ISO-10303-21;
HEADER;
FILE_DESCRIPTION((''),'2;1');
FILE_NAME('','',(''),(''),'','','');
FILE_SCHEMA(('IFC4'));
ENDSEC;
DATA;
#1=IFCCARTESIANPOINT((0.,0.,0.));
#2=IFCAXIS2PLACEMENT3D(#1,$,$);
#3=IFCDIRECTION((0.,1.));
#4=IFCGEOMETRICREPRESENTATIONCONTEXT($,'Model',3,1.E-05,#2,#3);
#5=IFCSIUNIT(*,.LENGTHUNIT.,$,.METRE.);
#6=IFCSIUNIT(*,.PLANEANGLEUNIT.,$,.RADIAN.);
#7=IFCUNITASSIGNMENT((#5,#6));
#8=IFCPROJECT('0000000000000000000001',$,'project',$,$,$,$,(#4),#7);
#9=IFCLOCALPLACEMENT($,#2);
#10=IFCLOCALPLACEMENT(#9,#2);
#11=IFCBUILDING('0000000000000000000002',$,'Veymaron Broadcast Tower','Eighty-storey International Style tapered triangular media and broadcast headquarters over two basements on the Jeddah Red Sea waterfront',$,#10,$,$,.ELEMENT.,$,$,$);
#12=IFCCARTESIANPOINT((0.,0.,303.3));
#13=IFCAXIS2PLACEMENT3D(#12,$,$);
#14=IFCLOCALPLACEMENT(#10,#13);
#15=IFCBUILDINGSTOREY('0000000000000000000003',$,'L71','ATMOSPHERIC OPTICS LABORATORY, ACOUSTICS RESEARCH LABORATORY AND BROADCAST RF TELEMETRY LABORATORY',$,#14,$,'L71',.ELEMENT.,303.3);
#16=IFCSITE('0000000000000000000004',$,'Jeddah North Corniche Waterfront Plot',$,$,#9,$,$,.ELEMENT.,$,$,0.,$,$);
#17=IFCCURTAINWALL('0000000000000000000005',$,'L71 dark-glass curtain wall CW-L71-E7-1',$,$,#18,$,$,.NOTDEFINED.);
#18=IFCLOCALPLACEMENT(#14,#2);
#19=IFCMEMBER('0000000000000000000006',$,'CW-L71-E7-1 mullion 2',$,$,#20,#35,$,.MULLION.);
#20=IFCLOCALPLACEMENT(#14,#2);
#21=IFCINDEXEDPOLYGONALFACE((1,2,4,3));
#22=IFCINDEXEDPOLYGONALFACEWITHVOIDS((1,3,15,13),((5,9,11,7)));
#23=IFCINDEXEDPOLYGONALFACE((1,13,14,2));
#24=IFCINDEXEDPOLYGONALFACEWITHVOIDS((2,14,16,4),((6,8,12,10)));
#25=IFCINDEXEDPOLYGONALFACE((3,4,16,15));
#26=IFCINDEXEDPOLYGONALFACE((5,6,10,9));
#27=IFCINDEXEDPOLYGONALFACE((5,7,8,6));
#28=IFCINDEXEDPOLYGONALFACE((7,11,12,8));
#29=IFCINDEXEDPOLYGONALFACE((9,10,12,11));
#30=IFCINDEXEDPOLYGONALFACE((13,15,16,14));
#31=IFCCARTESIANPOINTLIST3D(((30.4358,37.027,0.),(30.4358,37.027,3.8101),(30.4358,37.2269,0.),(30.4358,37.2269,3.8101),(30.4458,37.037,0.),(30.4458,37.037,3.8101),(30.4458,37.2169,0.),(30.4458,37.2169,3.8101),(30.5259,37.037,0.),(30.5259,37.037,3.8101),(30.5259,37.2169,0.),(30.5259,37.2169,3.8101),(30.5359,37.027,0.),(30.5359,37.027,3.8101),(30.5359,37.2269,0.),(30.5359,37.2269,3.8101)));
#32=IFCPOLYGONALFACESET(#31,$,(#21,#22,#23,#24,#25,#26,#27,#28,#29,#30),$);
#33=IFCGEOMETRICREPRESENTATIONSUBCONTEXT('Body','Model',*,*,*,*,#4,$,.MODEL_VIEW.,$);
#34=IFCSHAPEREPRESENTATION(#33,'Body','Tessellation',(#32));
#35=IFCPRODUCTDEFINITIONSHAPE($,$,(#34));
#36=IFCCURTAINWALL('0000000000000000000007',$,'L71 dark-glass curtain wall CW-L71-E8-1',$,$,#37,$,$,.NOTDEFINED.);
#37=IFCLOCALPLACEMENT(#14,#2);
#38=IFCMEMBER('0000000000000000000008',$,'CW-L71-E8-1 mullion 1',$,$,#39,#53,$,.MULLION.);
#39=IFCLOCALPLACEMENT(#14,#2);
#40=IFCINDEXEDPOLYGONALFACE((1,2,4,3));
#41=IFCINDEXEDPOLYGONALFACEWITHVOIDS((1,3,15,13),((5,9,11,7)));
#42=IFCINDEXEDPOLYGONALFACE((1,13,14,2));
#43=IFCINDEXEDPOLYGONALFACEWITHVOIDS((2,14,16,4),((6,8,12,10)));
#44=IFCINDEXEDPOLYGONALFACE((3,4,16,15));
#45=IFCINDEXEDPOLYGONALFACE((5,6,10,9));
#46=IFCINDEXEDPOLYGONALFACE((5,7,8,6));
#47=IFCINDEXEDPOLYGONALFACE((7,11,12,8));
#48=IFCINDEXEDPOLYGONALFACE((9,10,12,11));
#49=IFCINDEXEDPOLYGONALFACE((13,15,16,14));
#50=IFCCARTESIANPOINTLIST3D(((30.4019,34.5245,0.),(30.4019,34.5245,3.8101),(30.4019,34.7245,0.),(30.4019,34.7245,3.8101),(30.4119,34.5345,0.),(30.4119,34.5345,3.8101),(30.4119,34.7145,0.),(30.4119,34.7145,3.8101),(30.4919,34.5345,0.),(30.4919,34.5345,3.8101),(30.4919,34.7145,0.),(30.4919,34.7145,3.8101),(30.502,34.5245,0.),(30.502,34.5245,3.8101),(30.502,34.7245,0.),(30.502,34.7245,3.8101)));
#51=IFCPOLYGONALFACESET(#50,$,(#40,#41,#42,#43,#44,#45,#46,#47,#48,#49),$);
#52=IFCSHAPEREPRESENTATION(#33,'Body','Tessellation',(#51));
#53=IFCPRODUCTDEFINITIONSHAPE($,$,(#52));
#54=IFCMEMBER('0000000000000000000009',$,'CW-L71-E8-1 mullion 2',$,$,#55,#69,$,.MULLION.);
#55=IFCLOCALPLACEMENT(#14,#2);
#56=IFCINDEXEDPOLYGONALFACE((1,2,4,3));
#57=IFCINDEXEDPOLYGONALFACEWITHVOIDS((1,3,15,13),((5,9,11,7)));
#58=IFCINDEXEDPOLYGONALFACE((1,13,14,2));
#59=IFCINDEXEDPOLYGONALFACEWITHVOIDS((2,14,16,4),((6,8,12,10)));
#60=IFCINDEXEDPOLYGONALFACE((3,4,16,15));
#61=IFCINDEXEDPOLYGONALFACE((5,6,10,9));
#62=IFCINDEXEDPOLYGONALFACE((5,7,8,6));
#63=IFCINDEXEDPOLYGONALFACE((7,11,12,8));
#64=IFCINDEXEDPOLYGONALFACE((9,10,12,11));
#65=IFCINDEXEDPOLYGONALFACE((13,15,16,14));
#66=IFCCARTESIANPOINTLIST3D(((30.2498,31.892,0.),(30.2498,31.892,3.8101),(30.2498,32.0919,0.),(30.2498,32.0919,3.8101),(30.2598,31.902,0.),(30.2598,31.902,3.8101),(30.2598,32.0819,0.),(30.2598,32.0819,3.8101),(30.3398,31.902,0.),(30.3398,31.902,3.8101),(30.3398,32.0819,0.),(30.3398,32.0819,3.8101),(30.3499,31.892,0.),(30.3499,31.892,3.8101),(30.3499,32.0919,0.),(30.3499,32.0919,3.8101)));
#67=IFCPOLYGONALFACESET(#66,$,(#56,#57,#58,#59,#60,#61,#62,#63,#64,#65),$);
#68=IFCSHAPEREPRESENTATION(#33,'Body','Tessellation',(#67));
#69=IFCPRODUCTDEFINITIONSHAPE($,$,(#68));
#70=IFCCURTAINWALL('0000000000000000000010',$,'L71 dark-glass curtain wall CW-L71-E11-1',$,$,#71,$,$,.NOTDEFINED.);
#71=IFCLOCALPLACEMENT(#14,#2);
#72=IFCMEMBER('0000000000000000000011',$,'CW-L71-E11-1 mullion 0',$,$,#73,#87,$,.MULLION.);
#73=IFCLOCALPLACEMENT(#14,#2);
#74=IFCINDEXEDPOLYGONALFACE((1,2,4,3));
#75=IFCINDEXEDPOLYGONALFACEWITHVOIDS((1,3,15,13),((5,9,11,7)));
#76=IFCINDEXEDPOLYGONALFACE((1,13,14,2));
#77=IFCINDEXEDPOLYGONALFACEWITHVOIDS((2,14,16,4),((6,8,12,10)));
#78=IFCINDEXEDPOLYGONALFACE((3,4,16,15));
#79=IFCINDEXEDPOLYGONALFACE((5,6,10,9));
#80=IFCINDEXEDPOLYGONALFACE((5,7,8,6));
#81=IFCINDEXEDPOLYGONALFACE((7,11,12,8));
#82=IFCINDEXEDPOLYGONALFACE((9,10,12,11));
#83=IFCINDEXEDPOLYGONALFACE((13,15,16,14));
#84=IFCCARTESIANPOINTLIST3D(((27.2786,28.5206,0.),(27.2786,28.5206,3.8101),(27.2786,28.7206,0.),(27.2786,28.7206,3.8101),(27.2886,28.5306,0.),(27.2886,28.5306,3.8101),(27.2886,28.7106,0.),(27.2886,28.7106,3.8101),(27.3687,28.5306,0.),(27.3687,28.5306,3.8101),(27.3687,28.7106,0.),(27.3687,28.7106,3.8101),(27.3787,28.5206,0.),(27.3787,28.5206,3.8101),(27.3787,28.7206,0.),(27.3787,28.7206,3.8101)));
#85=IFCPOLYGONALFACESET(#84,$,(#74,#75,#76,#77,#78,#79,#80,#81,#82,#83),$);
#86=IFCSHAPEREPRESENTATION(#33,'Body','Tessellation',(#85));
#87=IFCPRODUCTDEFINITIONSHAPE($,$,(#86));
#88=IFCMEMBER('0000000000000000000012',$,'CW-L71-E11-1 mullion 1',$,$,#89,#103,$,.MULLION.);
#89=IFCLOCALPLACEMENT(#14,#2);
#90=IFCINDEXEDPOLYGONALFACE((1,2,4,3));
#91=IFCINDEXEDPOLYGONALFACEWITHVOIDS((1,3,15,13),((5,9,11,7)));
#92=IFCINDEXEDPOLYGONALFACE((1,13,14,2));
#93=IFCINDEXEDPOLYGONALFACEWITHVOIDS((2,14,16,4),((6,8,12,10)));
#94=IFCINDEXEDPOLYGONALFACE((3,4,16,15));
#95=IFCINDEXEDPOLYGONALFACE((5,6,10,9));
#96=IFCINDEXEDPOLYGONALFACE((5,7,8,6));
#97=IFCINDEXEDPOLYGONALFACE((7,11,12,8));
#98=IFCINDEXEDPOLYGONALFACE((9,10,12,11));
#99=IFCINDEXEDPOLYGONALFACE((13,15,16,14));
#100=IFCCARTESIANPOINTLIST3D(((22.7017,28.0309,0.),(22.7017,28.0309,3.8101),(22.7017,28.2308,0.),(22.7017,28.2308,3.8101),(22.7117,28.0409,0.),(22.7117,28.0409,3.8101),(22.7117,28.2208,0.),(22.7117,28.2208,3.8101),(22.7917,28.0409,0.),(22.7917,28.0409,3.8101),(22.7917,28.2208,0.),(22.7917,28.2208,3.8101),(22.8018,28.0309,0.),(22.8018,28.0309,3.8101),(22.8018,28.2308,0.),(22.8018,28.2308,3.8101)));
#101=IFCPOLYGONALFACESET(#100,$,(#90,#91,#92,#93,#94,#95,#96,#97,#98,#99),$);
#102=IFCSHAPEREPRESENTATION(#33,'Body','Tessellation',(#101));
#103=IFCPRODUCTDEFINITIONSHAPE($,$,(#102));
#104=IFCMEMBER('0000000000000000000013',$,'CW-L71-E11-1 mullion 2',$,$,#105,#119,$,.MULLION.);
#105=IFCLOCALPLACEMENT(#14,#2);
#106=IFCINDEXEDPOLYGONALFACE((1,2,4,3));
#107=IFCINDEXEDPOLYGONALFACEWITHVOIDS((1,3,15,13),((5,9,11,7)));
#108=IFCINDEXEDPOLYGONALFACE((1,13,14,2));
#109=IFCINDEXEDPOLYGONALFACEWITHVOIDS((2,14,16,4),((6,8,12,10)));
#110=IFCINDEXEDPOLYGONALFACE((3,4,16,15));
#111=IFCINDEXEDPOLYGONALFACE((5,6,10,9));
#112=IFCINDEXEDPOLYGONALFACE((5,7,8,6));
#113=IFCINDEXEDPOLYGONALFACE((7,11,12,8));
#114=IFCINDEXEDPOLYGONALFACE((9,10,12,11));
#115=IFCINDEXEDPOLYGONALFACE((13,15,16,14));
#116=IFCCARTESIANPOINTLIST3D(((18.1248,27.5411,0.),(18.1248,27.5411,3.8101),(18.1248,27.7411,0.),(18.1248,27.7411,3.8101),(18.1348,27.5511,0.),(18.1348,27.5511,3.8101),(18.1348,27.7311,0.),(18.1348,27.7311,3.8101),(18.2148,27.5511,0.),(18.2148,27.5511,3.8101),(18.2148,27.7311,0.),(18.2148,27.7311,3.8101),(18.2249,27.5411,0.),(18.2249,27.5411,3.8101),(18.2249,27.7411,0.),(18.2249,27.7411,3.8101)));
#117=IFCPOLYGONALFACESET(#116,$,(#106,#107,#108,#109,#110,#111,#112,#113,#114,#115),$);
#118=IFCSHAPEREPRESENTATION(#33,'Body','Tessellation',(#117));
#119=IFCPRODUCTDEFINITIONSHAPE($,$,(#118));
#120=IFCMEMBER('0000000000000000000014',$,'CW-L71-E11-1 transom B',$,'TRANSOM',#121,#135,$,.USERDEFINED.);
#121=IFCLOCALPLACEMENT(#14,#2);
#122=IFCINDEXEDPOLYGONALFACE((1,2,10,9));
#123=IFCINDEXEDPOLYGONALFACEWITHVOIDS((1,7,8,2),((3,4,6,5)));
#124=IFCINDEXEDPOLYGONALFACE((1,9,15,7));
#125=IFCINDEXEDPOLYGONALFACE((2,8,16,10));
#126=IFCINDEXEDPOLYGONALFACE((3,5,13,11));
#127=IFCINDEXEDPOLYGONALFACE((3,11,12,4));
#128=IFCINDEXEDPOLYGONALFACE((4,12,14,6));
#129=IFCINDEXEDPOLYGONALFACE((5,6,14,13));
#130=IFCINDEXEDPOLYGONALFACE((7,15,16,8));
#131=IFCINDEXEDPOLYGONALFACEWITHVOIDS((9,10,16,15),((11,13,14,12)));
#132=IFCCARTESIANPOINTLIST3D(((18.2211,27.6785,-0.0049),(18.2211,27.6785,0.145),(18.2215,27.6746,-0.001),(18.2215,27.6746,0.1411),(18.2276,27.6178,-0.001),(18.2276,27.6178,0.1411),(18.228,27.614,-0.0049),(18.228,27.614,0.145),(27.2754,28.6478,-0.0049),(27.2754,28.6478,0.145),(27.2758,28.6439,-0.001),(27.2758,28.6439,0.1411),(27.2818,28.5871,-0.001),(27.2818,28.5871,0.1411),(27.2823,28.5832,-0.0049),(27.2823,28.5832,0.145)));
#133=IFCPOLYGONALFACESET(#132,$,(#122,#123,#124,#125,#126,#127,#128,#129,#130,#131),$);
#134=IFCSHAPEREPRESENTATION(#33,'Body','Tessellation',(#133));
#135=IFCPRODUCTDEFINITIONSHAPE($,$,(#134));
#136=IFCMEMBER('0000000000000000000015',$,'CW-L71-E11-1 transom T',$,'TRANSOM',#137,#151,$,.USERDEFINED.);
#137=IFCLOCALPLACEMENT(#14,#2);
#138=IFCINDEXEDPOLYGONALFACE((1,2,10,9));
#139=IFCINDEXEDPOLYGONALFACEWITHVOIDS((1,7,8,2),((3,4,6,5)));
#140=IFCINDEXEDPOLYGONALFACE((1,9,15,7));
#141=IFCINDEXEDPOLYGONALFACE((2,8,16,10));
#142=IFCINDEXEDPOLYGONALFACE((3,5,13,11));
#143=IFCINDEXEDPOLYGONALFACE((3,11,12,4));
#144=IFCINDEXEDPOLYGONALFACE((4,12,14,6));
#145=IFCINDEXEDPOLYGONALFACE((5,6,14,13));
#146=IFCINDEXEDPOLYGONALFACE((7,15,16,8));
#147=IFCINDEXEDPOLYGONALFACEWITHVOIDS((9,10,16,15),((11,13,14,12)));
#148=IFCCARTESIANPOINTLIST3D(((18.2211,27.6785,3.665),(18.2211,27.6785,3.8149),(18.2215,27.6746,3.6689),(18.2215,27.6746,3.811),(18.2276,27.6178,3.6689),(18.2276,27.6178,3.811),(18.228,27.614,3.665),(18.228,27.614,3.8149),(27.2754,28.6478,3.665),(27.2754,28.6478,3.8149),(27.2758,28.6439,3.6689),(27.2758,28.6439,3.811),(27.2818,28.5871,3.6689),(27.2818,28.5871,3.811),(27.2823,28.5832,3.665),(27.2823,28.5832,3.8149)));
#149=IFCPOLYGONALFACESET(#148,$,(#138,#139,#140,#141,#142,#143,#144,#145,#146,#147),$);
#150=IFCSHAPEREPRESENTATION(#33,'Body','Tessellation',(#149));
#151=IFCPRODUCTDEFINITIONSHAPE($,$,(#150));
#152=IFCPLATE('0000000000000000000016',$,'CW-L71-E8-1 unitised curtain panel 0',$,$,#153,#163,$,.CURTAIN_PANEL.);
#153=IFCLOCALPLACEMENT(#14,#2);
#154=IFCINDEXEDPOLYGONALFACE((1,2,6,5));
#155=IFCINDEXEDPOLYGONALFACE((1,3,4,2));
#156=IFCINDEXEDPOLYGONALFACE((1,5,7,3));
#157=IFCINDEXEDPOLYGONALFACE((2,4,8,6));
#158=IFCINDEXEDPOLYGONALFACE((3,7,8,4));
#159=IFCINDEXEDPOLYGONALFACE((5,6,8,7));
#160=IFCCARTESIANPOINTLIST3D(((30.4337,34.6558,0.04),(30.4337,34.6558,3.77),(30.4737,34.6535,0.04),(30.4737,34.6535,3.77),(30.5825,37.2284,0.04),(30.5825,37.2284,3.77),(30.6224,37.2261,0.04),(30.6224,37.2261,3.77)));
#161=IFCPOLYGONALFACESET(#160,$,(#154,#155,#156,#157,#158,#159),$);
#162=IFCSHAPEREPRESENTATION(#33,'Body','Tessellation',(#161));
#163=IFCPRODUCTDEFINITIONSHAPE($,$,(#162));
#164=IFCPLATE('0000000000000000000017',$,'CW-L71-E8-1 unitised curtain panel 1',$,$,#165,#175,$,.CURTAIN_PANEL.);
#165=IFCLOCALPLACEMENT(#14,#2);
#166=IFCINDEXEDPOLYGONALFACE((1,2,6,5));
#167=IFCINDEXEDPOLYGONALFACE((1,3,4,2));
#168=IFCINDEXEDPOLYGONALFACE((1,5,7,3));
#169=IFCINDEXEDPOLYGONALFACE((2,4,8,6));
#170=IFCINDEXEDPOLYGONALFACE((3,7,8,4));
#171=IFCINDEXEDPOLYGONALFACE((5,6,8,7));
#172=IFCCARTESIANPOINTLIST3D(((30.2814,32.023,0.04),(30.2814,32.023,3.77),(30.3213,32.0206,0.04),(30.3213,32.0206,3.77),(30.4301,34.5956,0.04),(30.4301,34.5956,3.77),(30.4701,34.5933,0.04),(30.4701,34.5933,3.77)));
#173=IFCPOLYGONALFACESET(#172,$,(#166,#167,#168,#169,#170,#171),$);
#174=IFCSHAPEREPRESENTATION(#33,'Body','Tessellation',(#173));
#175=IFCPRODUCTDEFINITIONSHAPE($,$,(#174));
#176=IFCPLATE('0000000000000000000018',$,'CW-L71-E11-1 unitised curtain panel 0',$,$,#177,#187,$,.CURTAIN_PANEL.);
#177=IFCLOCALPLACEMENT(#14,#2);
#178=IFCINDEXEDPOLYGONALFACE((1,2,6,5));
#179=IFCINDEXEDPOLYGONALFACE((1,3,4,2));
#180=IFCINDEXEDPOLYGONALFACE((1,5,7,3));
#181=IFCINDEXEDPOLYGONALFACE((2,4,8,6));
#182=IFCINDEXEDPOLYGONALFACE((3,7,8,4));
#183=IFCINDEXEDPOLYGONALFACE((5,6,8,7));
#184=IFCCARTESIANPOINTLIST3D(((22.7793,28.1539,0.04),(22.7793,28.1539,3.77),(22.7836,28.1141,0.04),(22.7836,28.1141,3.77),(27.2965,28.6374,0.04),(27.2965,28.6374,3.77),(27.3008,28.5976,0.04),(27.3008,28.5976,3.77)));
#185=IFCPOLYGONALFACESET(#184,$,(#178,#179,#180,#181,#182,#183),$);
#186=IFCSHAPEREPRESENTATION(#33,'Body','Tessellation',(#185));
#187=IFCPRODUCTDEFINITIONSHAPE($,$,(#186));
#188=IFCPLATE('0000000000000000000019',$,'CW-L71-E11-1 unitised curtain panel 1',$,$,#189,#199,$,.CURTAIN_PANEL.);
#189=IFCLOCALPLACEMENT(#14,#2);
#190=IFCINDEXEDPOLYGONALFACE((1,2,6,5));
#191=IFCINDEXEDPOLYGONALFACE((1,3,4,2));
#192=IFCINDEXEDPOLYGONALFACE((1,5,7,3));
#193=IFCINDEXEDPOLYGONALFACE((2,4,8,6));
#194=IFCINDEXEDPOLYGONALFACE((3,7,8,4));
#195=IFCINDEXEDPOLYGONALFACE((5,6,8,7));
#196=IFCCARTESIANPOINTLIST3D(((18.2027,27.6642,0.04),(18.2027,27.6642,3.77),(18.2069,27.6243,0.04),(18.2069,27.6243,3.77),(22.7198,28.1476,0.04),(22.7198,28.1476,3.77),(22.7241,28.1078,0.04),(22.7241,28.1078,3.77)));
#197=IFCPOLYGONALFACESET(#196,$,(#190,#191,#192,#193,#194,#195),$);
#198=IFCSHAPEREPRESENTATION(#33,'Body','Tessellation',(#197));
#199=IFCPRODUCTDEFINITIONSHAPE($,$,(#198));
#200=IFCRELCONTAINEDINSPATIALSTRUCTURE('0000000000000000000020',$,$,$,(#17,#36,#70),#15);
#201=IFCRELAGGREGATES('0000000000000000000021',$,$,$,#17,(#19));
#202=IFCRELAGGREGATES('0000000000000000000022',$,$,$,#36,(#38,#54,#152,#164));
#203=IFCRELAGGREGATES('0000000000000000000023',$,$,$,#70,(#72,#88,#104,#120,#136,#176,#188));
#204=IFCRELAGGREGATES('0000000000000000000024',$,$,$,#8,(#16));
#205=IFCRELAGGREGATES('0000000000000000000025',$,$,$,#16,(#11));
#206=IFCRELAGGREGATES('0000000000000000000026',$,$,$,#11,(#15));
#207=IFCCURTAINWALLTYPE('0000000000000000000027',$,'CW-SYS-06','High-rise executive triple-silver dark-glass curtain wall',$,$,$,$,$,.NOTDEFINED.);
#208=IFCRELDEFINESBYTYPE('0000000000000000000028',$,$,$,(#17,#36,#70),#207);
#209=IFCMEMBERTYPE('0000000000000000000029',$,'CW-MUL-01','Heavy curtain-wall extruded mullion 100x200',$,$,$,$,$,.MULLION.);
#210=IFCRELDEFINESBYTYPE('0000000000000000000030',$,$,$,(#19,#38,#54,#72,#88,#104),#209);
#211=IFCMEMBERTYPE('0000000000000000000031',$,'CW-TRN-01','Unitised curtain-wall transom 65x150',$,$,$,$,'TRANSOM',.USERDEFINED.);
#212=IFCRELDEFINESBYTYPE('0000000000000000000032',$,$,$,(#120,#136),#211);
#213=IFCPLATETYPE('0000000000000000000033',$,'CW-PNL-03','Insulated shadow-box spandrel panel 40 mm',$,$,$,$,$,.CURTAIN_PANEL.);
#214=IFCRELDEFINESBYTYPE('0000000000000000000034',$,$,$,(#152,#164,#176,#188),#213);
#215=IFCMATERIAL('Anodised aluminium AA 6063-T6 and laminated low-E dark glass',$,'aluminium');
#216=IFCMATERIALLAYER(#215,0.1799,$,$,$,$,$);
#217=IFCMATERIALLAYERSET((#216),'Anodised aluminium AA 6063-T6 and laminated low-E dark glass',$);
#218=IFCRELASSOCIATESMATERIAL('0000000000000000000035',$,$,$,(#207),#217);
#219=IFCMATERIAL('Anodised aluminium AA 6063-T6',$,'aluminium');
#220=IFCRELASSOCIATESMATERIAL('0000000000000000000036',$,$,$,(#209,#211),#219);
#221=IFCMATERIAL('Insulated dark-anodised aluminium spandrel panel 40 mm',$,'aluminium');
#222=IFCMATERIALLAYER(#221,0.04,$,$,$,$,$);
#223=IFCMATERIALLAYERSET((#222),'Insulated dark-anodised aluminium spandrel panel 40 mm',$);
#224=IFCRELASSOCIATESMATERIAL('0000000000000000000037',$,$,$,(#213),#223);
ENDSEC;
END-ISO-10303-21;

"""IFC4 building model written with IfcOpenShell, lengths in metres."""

from ifc_helpers import new_model, si_unit, direction, frame, origin, origin_2d, place, context, subcontext, project, spatial, rectangle, hollow_rectangle, extrude, material, layer, layer_set, material_profile, profile_set, type_object, element, aggregate, save


model = new_model("IFC4")

# Units and contexts
model_context = context("Model", 3, precision=1e-05, world=origin(), true_north=direction((0.0, 1.0)))
body_context = subcontext(model_context, "Body", "Model", "MODEL_VIEW")
ifc_project = project(units=[si_unit("LENGTHUNIT", "METRE"), si_unit("PLANEANGLEUNIT", "RADIAN")], contexts=[model_context])

# Site, building, storey
site_placement = place(None, origin())
site = spatial("IfcSite", under=ifc_project, at=site_placement, Name="Jeddah North Corniche Waterfront Plot", CompositionType="ELEMENT", RefElevation=0.0)
building_placement = place(site_placement, origin())
building = spatial("IfcBuilding", under=site, at=building_placement, Name="Veymaron Broadcast Tower", Description="Eighty-storey International Style tapered triangular media and broadcast headquarters over two basements on the Jeddah Red Sea waterfront", CompositionType="ELEMENT")
storey_placement = place(building_placement, frame((0.0, 0.0, 303.3)))
storey = spatial("IfcBuildingStorey", under=building, at=storey_placement, Name="L71", Description="ATMOSPHERIC OPTICS LABORATORY, ACOUSTICS RESEARCH LABORATORY AND BROADCAST RF TELEMETRY LABORATORY", LongName="L71", CompositionType="ELEMENT", Elevation=303.3)

# Curtain wall, member
ifc_material_1 = material(Name="Anodised aluminium AA 6063-T6 and laminated low-E dark glass", Category="aluminium")
ifc_layer_1 = layer(ifc_material_1, 0.1799)
ifc_layer_set_1 = layer_set([ifc_layer_1], Name="Anodised aluminium AA 6063-T6 and laminated low-E dark glass")
curtain_wall_type = type_object("IfcCurtainWallType", Name="CW-SYS-06", Description="High-rise executive triple-silver dark-glass curtain wall", PredefinedType="NOTDEFINED", material=ifc_layer_set_1)
curtain_wall_1_placement = place(storey_placement, origin())
curtain_wall_1 = element("IfcCurtainWall", 1, at=curtain_wall_1_placement, inside=storey, type_object=curtain_wall_type, Name="L71 dark-glass curtain wall CW-L71-E7-1", PredefinedType="NOTDEFINED")
ifc_material_2 = material(Name="Anodised aluminium AA 6063-T6", Category="aluminium")
ifc_material_profile_1 = material_profile(ifc_material_2, hollow_rectangle(XDim=0.1001, YDim=0.2, WallThickness=0.01, at=origin_2d()), Name="RHS200X100X10")
ifc_profile_set_1 = profile_set([ifc_material_profile_1], Name="Anodised aluminium AA 6063-T6")
member_type_1 = type_object("IfcMemberType", Name="CW-MUL-01", Description="Heavy curtain-wall extruded mullion 100x200", PredefinedType="MULLION", material=ifc_profile_set_1)
member_1_placement = place(storey_placement, frame((30.4858, 37.127, 0.0), z_axis=(0.0, 0.0, 1.0), x_axis=(1.0, 0.0, 0.0)))
member_1 = element("IfcMember", 2, at=member_1_placement, type_object=member_type_1, Name="CW-L71-E7-1 mullion 2", PredefinedType="MULLION", context=body_context, shape_type="SweptSolid", body=[
    extrude(hollow_rectangle(XDim=0.1001, YDim=0.2, WallThickness=0.01, at=origin_2d()), origin(), (0.0, 0.0, 1.0), 3.8101),
])
aggregate(curtain_wall_1, [member_1])

# Curtain walls, members
curtain_wall_2_placement = place(storey_placement, origin())
curtain_wall_2 = element("IfcCurtainWall", 3, at=curtain_wall_2_placement, inside=storey, type_object=curtain_wall_type, Name="L71 dark-glass curtain wall CW-L71-E8-1", PredefinedType="NOTDEFINED")
member_2_placement = place(storey_placement, frame((30.4519, 34.6245, 0.0), z_axis=(0.0, 0.0, 1.0), x_axis=(1.0, 0.0, 0.0)))
member_2 = element("IfcMember", 4, at=member_2_placement, type_object=member_type_1, Name="CW-L71-E8-1 mullion 1", PredefinedType="MULLION", context=body_context, shape_type="SweptSolid", body=[
    extrude(hollow_rectangle(XDim=0.1001, YDim=0.2, WallThickness=0.01, at=origin_2d()), origin(), (0.0, 0.0, 1.0), 3.8101),
])
member_3_placement = place(storey_placement, frame((30.2998, 31.9919, 0.0), z_axis=(0.0, 0.0, 1.0), x_axis=(1.0, 0.0, 0.0)))
member_3 = element("IfcMember", 5, at=member_3_placement, type_object=member_type_1, Name="CW-L71-E8-1 mullion 2", PredefinedType="MULLION", context=body_context, shape_type="SweptSolid", body=[
    extrude(hollow_rectangle(XDim=0.1001, YDim=0.2, WallThickness=0.01, at=origin_2d()), origin(), (0.0, 0.0, 1.0), 3.8101),
])
curtain_wall_3_placement = place(storey_placement, origin())
curtain_wall_3 = element("IfcCurtainWall", 6, at=curtain_wall_3_placement, inside=storey, type_object=curtain_wall_type, Name="L71 dark-glass curtain wall CW-L71-E11-1", PredefinedType="NOTDEFINED")
member_4_placement = place(storey_placement, frame((27.3286, 28.6206, 0.0), z_axis=(0.0, 0.0, 1.0), x_axis=(1.0, 0.0, 0.0)))
member_4 = element("IfcMember", 7, at=member_4_placement, type_object=member_type_1, Name="CW-L71-E11-1 mullion 0", PredefinedType="MULLION", context=body_context, shape_type="SweptSolid", body=[
    extrude(hollow_rectangle(XDim=0.1001, YDim=0.2, WallThickness=0.01, at=origin_2d()), origin(), (0.0, 0.0, 1.0), 3.8101),
])
member_5_placement = place(storey_placement, frame((22.7517, 28.1309, 0.0), z_axis=(0.0, 0.0, 1.0), x_axis=(1.0, 0.0, 0.0)))
member_5 = element("IfcMember", 8, at=member_5_placement, type_object=member_type_1, Name="CW-L71-E11-1 mullion 1", PredefinedType="MULLION", context=body_context, shape_type="SweptSolid", body=[
    extrude(hollow_rectangle(XDim=0.1001, YDim=0.2, WallThickness=0.01, at=origin_2d()), origin(), (0.0, 0.0, 1.0), 3.8101),
])
member_6_placement = place(storey_placement, frame((18.1748, 27.6411, 0.0), z_axis=(0.0, 0.0, 1.0), x_axis=(1.0, 0.0, 0.0)))
member_6 = element("IfcMember", 9, at=member_6_placement, type_object=member_type_1, Name="CW-L71-E11-1 mullion 2", PredefinedType="MULLION", context=body_context, shape_type="SweptSolid", body=[
    extrude(hollow_rectangle(XDim=0.1001, YDim=0.2, WallThickness=0.01, at=origin_2d()), origin(), (0.0, 0.0, 1.0), 3.8101),
])
ifc_material_profile_2 = material_profile(ifc_material_2, hollow_rectangle(XDim=0.0649, YDim=0.1499, WallThickness=0.0039, at=origin_2d()), Name="AL150X65X4")
ifc_profile_set_2 = profile_set([ifc_material_profile_2], Name="Anodised aluminium AA 6063-T6")
member_type_2 = type_object("IfcMemberType", Name="CW-TRN-01", Description="Unitised curtain-wall transom 65x150", ElementType="TRANSOM", PredefinedType="USERDEFINED", material=ifc_profile_set_2)
member_7_placement = place(storey_placement, frame((27.2788, 28.6155, 0.0701), z_axis=(-0.994319, -0.10644, 0.0), x_axis=(0.10644, -0.994319, 0.0)))
member_7 = element("IfcMember", 10, at=member_7_placement, type_object=member_type_2, Name="CW-L71-E11-1 transom B", ObjectType="TRANSOM", PredefinedType="USERDEFINED", context=body_context, shape_type="SweptSolid", body=[
    extrude(hollow_rectangle(XDim=0.0649, YDim=0.1499, WallThickness=0.0039, at=origin_2d()), origin(), (0.0, 0.0, 1.0), 9.106),
])
member_8_placement = place(storey_placement, frame((27.2788, 28.6155, 3.74), z_axis=(-0.994319, -0.10644, 0.0), x_axis=(0.10644, -0.994319, 0.0)))
member_8 = element("IfcMember", 11, at=member_8_placement, type_object=member_type_2, Name="CW-L71-E11-1 transom T", ObjectType="TRANSOM", PredefinedType="USERDEFINED", context=body_context, shape_type="SweptSolid", body=[
    extrude(hollow_rectangle(XDim=0.0649, YDim=0.1499, WallThickness=0.0039, at=origin_2d()), origin(), (0.0, 0.0, 1.0), 9.106),
])

# Plates
ifc_material_3 = material(Name="Insulated dark-anodised aluminium spandrel panel 40 mm", Category="aluminium")
ifc_layer_2 = layer(ifc_material_3, 0.04)
ifc_layer_set_2 = layer_set([ifc_layer_2], Name="Insulated dark-anodised aluminium spandrel panel 40 mm")
plate_type = type_object("IfcPlateType", Name="CW-PNL-03", Description="Insulated shadow-box spandrel panel 40 mm", PredefinedType="CURTAIN_PANEL", material=ifc_layer_set_2)
plate_1_placement = place(storey_placement, frame((30.5281, 35.9409, 0.04), z_axis=(0.0, 0.0, 1.0), x_axis=(-0.057721, -0.998333, 0.0)))
plate_1 = element("IfcPlate", 12, at=plate_1_placement, type_object=plate_type, Name="CW-L71-E8-1 unitised curtain panel 0", PredefinedType="CURTAIN_PANEL", context=body_context, shape_type="SweptSolid", body=[
    extrude(rectangle(XDim=2.5769, YDim=0.04, at=origin_2d()), origin(), (0.0, 0.0, 1.0), 3.73),
])
plate_2_placement = place(storey_placement, frame((30.3757, 33.3081, 0.04), z_axis=(0.0, 0.0, 1.0), x_axis=(-0.057721, -0.998333, 0.0)))
plate_2 = element("IfcPlate", 13, at=plate_2_placement, type_object=plate_type, Name="CW-L71-E8-1 unitised curtain panel 1", PredefinedType="CURTAIN_PANEL", context=body_context, shape_type="SweptSolid", body=[
    extrude(rectangle(XDim=2.5769, YDim=0.04, at=origin_2d()), origin(), (0.0, 0.0, 1.0), 3.73),
])
aggregate(curtain_wall_2, [member_2, member_3, plate_1, plate_2])
plate_3_placement = place(storey_placement, frame((25.04, 28.3757, 0.04), z_axis=(0.0, 0.0, 1.0), x_axis=(-0.994321, -0.10642, 0.0)))
plate_3 = element("IfcPlate", 14, at=plate_3_placement, type_object=plate_type, Name="CW-L71-E11-1 unitised curtain panel 0", PredefinedType="CURTAIN_PANEL", context=body_context, shape_type="SweptSolid", body=[
    extrude(rectangle(XDim=4.543, YDim=0.04, at=origin_2d()), origin(), (0.0, 0.0, 1.0), 3.73),
])
plate_4_placement = place(storey_placement, frame((20.4634, 27.886, 0.04), z_axis=(0.0, 0.0, 1.0), x_axis=(-0.994321, -0.10642, 0.0)))
plate_4 = element("IfcPlate", 15, at=plate_4_placement, type_object=plate_type, Name="CW-L71-E11-1 unitised curtain panel 1", PredefinedType="CURTAIN_PANEL", context=body_context, shape_type="SweptSolid", body=[
    extrude(rectangle(XDim=4.543, YDim=0.04, at=origin_2d()), origin(), (0.0, 0.0, 1.0), 3.73),
])
aggregate(curtain_wall_3, [member_4, member_5, member_6, member_7, member_8, plate_3, plate_4])

save(model, "model.ifc")
